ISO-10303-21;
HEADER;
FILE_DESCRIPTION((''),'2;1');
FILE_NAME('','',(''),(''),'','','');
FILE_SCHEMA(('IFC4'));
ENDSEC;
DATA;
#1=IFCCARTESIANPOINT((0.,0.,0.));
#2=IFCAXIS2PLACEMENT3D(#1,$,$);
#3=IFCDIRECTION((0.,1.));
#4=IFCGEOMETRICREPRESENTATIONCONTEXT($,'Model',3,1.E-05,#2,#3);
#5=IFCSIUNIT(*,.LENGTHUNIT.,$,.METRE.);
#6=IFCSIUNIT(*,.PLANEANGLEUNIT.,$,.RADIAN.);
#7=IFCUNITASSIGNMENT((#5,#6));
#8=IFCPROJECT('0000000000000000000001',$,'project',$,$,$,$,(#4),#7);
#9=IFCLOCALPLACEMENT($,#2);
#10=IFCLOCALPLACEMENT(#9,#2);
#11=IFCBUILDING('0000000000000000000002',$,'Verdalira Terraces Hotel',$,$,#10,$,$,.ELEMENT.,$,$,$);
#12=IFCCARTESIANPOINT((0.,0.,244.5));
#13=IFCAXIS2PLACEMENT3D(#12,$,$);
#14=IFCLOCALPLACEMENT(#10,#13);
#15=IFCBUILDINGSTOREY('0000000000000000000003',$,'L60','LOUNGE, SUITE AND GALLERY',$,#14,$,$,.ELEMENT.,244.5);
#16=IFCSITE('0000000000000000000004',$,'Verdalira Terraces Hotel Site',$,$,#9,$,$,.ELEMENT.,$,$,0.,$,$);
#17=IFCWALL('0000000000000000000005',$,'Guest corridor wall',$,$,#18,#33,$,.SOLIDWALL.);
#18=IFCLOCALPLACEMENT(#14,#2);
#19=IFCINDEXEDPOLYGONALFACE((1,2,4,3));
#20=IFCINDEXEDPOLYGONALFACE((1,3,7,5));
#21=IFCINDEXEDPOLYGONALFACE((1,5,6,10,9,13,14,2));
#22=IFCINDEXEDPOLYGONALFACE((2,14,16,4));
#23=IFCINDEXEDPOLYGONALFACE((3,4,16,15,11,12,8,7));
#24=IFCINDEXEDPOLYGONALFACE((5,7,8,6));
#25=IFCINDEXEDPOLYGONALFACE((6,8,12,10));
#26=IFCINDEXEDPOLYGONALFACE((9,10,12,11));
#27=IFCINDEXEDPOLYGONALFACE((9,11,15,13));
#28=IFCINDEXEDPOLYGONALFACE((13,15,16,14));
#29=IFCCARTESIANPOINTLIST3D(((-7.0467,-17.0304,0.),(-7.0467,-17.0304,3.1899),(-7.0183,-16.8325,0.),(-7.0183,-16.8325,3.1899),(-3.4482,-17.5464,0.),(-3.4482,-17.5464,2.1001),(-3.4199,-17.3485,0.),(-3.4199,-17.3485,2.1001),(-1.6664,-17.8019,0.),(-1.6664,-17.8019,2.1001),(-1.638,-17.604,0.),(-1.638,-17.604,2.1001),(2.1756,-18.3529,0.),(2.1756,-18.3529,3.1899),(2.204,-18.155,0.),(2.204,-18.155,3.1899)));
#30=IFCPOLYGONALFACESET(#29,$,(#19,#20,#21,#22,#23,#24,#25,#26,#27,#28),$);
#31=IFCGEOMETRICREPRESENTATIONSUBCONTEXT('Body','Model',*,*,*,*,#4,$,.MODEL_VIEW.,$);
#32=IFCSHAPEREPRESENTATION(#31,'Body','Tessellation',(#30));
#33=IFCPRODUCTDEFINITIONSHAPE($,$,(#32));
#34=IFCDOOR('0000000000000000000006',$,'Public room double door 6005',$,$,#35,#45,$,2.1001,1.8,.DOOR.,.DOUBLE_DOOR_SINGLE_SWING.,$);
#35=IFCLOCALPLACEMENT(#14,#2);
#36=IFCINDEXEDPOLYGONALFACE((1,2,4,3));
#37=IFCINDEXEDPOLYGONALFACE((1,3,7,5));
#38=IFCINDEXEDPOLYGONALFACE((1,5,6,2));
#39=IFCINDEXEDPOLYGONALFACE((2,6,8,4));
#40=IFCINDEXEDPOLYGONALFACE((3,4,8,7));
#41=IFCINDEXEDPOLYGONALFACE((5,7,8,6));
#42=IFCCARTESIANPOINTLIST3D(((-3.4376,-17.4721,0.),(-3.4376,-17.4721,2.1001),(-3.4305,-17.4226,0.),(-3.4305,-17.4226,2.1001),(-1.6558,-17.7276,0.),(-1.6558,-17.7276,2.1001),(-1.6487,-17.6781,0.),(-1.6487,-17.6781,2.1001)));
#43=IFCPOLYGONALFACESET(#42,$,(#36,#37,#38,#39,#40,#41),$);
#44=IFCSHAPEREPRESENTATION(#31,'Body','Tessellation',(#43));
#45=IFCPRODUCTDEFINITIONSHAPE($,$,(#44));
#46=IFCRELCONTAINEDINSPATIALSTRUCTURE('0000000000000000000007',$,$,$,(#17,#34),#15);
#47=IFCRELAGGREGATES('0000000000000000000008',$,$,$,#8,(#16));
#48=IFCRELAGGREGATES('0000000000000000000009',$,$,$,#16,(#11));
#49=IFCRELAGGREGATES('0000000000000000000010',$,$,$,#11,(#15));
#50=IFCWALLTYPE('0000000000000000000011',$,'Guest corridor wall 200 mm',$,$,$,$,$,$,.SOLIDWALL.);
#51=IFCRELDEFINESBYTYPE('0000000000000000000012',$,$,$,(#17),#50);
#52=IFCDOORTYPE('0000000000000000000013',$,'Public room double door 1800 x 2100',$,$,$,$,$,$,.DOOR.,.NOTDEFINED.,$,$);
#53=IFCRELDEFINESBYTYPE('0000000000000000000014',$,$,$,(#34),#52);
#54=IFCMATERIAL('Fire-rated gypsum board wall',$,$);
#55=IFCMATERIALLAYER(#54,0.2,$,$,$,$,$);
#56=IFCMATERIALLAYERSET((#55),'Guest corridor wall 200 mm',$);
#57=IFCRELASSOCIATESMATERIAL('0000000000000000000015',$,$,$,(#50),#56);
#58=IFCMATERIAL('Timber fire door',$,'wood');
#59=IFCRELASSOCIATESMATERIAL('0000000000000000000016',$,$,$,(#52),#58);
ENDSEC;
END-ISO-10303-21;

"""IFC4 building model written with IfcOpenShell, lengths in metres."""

from ifc_helpers import new_model, si_unit, direction, frame, frame_2d, origin, place, context, subcontext, project, spatial, rectangle, extrude, material, layer, layer_set, type_object, element, fill, save


model = new_model("IFC4")

# Units and contexts
model_context = context("Model", 3, precision=1e-05, world=origin(), true_north=direction((0.0, 1.0)))
body_context = subcontext(model_context, "Body", "Model", "MODEL_VIEW")
ifc_project = project(units=[si_unit("LENGTHUNIT", "METRE"), si_unit("PLANEANGLEUNIT", "RADIAN")], contexts=[model_context])

# Site, building, storey
site_placement = place(None, origin())
site = spatial("IfcSite", under=ifc_project, at=site_placement, Name="Verdalira Terraces Hotel Site", CompositionType="ELEMENT", RefElevation=0.0)
building_placement = place(site_placement, origin())
building = spatial("IfcBuilding", under=site, at=building_placement, Name="Verdalira Terraces Hotel", CompositionType="ELEMENT")
storey_placement = place(building_placement, frame((0.0, 0.0, 244.5)))
storey = spatial("IfcBuildingStorey", under=building, at=storey_placement, Name="L60", Description="LOUNGE, SUITE AND GALLERY", CompositionType="ELEMENT", Elevation=244.5)

# Wall, opening, door
ifc_material_1 = material(Name="Fire-rated gypsum board wall")
ifc_layer_1 = layer(ifc_material_1, 0.2)
ifc_layer_set_1 = layer_set([ifc_layer_1], Name="Guest corridor wall 200 mm")
wall_type_1 = type_object("IfcWallType", Name="Guest corridor wall 200 mm", PredefinedType="SOLIDWALL", material=ifc_layer_set_1)
wall_1_placement = place(storey_placement, frame((2.1897, -18.2539, 0.0), z_axis=(0.0, 0.0, 1.0), x_axis=(-0.989874, 0.14195, 0.0)))
wall_1 = element("IfcWall", 1, at=wall_1_placement, inside=storey, type_object=wall_type_1, Name="Guest corridor wall", PredefinedType="SOLIDWALL", context=body_context, shape_type="SweptSolid", body=[
    extrude(rectangle(XDim=9.3166, YDim=0.2, at=frame_2d((4.6582, 0.0))), origin(), (0.0, 0.0, 1.0), 3.1899),
])
opening_1_placement = place(wall_1_placement, frame((3.8813, 0.0, 0.0)))
opening_1 = element("IfcOpeningElement", 2, at=opening_1_placement, cuts=wall_1, PredefinedType="OPENING", context=body_context, shape_type="SweptSolid", body=[
    extrude(rectangle(XDim=1.8, YDim=2.1001, at=frame_2d((0.8999, 1.05))), frame((0.0, 0.1099, 0.0), z_axis=(0.0, -1.0, 0.0), x_axis=(1.0, 0.0, 0.0)), (0.0, 0.0, 1.0), 0.22),
])
ifc_material_2 = material(Name="Timber fire door", Category="wood")
door_type_1 = type_object("IfcDoorType", Name="Public room double door 1800 x 2100", OperationType="NOTDEFINED", PredefinedType="DOOR", material=ifc_material_2)
door_1_placement = place(opening_1_placement, origin())
door_1 = element("IfcDoor", 3, at=door_1_placement, inside=storey, type_object=door_type_1, Name="Public room double door 6005", OperationType="DOUBLE_DOOR_SINGLE_SWING", OverallHeight=2.1001, OverallWidth=1.8, PredefinedType="DOOR", context=body_context, shape_type="SweptSolid", body=[
    extrude(rectangle(XDim=1.8, YDim=2.1001, at=frame_2d((0.8999, 1.05))), frame((0.0, 0.0249, 0.0), z_axis=(0.0, -1.0, 0.0), x_axis=(1.0, 0.0, 0.0)), (0.0, 0.0, 1.0), 0.05),
])
fill(opening_1, door_1)

save(model, "model.ifc")
